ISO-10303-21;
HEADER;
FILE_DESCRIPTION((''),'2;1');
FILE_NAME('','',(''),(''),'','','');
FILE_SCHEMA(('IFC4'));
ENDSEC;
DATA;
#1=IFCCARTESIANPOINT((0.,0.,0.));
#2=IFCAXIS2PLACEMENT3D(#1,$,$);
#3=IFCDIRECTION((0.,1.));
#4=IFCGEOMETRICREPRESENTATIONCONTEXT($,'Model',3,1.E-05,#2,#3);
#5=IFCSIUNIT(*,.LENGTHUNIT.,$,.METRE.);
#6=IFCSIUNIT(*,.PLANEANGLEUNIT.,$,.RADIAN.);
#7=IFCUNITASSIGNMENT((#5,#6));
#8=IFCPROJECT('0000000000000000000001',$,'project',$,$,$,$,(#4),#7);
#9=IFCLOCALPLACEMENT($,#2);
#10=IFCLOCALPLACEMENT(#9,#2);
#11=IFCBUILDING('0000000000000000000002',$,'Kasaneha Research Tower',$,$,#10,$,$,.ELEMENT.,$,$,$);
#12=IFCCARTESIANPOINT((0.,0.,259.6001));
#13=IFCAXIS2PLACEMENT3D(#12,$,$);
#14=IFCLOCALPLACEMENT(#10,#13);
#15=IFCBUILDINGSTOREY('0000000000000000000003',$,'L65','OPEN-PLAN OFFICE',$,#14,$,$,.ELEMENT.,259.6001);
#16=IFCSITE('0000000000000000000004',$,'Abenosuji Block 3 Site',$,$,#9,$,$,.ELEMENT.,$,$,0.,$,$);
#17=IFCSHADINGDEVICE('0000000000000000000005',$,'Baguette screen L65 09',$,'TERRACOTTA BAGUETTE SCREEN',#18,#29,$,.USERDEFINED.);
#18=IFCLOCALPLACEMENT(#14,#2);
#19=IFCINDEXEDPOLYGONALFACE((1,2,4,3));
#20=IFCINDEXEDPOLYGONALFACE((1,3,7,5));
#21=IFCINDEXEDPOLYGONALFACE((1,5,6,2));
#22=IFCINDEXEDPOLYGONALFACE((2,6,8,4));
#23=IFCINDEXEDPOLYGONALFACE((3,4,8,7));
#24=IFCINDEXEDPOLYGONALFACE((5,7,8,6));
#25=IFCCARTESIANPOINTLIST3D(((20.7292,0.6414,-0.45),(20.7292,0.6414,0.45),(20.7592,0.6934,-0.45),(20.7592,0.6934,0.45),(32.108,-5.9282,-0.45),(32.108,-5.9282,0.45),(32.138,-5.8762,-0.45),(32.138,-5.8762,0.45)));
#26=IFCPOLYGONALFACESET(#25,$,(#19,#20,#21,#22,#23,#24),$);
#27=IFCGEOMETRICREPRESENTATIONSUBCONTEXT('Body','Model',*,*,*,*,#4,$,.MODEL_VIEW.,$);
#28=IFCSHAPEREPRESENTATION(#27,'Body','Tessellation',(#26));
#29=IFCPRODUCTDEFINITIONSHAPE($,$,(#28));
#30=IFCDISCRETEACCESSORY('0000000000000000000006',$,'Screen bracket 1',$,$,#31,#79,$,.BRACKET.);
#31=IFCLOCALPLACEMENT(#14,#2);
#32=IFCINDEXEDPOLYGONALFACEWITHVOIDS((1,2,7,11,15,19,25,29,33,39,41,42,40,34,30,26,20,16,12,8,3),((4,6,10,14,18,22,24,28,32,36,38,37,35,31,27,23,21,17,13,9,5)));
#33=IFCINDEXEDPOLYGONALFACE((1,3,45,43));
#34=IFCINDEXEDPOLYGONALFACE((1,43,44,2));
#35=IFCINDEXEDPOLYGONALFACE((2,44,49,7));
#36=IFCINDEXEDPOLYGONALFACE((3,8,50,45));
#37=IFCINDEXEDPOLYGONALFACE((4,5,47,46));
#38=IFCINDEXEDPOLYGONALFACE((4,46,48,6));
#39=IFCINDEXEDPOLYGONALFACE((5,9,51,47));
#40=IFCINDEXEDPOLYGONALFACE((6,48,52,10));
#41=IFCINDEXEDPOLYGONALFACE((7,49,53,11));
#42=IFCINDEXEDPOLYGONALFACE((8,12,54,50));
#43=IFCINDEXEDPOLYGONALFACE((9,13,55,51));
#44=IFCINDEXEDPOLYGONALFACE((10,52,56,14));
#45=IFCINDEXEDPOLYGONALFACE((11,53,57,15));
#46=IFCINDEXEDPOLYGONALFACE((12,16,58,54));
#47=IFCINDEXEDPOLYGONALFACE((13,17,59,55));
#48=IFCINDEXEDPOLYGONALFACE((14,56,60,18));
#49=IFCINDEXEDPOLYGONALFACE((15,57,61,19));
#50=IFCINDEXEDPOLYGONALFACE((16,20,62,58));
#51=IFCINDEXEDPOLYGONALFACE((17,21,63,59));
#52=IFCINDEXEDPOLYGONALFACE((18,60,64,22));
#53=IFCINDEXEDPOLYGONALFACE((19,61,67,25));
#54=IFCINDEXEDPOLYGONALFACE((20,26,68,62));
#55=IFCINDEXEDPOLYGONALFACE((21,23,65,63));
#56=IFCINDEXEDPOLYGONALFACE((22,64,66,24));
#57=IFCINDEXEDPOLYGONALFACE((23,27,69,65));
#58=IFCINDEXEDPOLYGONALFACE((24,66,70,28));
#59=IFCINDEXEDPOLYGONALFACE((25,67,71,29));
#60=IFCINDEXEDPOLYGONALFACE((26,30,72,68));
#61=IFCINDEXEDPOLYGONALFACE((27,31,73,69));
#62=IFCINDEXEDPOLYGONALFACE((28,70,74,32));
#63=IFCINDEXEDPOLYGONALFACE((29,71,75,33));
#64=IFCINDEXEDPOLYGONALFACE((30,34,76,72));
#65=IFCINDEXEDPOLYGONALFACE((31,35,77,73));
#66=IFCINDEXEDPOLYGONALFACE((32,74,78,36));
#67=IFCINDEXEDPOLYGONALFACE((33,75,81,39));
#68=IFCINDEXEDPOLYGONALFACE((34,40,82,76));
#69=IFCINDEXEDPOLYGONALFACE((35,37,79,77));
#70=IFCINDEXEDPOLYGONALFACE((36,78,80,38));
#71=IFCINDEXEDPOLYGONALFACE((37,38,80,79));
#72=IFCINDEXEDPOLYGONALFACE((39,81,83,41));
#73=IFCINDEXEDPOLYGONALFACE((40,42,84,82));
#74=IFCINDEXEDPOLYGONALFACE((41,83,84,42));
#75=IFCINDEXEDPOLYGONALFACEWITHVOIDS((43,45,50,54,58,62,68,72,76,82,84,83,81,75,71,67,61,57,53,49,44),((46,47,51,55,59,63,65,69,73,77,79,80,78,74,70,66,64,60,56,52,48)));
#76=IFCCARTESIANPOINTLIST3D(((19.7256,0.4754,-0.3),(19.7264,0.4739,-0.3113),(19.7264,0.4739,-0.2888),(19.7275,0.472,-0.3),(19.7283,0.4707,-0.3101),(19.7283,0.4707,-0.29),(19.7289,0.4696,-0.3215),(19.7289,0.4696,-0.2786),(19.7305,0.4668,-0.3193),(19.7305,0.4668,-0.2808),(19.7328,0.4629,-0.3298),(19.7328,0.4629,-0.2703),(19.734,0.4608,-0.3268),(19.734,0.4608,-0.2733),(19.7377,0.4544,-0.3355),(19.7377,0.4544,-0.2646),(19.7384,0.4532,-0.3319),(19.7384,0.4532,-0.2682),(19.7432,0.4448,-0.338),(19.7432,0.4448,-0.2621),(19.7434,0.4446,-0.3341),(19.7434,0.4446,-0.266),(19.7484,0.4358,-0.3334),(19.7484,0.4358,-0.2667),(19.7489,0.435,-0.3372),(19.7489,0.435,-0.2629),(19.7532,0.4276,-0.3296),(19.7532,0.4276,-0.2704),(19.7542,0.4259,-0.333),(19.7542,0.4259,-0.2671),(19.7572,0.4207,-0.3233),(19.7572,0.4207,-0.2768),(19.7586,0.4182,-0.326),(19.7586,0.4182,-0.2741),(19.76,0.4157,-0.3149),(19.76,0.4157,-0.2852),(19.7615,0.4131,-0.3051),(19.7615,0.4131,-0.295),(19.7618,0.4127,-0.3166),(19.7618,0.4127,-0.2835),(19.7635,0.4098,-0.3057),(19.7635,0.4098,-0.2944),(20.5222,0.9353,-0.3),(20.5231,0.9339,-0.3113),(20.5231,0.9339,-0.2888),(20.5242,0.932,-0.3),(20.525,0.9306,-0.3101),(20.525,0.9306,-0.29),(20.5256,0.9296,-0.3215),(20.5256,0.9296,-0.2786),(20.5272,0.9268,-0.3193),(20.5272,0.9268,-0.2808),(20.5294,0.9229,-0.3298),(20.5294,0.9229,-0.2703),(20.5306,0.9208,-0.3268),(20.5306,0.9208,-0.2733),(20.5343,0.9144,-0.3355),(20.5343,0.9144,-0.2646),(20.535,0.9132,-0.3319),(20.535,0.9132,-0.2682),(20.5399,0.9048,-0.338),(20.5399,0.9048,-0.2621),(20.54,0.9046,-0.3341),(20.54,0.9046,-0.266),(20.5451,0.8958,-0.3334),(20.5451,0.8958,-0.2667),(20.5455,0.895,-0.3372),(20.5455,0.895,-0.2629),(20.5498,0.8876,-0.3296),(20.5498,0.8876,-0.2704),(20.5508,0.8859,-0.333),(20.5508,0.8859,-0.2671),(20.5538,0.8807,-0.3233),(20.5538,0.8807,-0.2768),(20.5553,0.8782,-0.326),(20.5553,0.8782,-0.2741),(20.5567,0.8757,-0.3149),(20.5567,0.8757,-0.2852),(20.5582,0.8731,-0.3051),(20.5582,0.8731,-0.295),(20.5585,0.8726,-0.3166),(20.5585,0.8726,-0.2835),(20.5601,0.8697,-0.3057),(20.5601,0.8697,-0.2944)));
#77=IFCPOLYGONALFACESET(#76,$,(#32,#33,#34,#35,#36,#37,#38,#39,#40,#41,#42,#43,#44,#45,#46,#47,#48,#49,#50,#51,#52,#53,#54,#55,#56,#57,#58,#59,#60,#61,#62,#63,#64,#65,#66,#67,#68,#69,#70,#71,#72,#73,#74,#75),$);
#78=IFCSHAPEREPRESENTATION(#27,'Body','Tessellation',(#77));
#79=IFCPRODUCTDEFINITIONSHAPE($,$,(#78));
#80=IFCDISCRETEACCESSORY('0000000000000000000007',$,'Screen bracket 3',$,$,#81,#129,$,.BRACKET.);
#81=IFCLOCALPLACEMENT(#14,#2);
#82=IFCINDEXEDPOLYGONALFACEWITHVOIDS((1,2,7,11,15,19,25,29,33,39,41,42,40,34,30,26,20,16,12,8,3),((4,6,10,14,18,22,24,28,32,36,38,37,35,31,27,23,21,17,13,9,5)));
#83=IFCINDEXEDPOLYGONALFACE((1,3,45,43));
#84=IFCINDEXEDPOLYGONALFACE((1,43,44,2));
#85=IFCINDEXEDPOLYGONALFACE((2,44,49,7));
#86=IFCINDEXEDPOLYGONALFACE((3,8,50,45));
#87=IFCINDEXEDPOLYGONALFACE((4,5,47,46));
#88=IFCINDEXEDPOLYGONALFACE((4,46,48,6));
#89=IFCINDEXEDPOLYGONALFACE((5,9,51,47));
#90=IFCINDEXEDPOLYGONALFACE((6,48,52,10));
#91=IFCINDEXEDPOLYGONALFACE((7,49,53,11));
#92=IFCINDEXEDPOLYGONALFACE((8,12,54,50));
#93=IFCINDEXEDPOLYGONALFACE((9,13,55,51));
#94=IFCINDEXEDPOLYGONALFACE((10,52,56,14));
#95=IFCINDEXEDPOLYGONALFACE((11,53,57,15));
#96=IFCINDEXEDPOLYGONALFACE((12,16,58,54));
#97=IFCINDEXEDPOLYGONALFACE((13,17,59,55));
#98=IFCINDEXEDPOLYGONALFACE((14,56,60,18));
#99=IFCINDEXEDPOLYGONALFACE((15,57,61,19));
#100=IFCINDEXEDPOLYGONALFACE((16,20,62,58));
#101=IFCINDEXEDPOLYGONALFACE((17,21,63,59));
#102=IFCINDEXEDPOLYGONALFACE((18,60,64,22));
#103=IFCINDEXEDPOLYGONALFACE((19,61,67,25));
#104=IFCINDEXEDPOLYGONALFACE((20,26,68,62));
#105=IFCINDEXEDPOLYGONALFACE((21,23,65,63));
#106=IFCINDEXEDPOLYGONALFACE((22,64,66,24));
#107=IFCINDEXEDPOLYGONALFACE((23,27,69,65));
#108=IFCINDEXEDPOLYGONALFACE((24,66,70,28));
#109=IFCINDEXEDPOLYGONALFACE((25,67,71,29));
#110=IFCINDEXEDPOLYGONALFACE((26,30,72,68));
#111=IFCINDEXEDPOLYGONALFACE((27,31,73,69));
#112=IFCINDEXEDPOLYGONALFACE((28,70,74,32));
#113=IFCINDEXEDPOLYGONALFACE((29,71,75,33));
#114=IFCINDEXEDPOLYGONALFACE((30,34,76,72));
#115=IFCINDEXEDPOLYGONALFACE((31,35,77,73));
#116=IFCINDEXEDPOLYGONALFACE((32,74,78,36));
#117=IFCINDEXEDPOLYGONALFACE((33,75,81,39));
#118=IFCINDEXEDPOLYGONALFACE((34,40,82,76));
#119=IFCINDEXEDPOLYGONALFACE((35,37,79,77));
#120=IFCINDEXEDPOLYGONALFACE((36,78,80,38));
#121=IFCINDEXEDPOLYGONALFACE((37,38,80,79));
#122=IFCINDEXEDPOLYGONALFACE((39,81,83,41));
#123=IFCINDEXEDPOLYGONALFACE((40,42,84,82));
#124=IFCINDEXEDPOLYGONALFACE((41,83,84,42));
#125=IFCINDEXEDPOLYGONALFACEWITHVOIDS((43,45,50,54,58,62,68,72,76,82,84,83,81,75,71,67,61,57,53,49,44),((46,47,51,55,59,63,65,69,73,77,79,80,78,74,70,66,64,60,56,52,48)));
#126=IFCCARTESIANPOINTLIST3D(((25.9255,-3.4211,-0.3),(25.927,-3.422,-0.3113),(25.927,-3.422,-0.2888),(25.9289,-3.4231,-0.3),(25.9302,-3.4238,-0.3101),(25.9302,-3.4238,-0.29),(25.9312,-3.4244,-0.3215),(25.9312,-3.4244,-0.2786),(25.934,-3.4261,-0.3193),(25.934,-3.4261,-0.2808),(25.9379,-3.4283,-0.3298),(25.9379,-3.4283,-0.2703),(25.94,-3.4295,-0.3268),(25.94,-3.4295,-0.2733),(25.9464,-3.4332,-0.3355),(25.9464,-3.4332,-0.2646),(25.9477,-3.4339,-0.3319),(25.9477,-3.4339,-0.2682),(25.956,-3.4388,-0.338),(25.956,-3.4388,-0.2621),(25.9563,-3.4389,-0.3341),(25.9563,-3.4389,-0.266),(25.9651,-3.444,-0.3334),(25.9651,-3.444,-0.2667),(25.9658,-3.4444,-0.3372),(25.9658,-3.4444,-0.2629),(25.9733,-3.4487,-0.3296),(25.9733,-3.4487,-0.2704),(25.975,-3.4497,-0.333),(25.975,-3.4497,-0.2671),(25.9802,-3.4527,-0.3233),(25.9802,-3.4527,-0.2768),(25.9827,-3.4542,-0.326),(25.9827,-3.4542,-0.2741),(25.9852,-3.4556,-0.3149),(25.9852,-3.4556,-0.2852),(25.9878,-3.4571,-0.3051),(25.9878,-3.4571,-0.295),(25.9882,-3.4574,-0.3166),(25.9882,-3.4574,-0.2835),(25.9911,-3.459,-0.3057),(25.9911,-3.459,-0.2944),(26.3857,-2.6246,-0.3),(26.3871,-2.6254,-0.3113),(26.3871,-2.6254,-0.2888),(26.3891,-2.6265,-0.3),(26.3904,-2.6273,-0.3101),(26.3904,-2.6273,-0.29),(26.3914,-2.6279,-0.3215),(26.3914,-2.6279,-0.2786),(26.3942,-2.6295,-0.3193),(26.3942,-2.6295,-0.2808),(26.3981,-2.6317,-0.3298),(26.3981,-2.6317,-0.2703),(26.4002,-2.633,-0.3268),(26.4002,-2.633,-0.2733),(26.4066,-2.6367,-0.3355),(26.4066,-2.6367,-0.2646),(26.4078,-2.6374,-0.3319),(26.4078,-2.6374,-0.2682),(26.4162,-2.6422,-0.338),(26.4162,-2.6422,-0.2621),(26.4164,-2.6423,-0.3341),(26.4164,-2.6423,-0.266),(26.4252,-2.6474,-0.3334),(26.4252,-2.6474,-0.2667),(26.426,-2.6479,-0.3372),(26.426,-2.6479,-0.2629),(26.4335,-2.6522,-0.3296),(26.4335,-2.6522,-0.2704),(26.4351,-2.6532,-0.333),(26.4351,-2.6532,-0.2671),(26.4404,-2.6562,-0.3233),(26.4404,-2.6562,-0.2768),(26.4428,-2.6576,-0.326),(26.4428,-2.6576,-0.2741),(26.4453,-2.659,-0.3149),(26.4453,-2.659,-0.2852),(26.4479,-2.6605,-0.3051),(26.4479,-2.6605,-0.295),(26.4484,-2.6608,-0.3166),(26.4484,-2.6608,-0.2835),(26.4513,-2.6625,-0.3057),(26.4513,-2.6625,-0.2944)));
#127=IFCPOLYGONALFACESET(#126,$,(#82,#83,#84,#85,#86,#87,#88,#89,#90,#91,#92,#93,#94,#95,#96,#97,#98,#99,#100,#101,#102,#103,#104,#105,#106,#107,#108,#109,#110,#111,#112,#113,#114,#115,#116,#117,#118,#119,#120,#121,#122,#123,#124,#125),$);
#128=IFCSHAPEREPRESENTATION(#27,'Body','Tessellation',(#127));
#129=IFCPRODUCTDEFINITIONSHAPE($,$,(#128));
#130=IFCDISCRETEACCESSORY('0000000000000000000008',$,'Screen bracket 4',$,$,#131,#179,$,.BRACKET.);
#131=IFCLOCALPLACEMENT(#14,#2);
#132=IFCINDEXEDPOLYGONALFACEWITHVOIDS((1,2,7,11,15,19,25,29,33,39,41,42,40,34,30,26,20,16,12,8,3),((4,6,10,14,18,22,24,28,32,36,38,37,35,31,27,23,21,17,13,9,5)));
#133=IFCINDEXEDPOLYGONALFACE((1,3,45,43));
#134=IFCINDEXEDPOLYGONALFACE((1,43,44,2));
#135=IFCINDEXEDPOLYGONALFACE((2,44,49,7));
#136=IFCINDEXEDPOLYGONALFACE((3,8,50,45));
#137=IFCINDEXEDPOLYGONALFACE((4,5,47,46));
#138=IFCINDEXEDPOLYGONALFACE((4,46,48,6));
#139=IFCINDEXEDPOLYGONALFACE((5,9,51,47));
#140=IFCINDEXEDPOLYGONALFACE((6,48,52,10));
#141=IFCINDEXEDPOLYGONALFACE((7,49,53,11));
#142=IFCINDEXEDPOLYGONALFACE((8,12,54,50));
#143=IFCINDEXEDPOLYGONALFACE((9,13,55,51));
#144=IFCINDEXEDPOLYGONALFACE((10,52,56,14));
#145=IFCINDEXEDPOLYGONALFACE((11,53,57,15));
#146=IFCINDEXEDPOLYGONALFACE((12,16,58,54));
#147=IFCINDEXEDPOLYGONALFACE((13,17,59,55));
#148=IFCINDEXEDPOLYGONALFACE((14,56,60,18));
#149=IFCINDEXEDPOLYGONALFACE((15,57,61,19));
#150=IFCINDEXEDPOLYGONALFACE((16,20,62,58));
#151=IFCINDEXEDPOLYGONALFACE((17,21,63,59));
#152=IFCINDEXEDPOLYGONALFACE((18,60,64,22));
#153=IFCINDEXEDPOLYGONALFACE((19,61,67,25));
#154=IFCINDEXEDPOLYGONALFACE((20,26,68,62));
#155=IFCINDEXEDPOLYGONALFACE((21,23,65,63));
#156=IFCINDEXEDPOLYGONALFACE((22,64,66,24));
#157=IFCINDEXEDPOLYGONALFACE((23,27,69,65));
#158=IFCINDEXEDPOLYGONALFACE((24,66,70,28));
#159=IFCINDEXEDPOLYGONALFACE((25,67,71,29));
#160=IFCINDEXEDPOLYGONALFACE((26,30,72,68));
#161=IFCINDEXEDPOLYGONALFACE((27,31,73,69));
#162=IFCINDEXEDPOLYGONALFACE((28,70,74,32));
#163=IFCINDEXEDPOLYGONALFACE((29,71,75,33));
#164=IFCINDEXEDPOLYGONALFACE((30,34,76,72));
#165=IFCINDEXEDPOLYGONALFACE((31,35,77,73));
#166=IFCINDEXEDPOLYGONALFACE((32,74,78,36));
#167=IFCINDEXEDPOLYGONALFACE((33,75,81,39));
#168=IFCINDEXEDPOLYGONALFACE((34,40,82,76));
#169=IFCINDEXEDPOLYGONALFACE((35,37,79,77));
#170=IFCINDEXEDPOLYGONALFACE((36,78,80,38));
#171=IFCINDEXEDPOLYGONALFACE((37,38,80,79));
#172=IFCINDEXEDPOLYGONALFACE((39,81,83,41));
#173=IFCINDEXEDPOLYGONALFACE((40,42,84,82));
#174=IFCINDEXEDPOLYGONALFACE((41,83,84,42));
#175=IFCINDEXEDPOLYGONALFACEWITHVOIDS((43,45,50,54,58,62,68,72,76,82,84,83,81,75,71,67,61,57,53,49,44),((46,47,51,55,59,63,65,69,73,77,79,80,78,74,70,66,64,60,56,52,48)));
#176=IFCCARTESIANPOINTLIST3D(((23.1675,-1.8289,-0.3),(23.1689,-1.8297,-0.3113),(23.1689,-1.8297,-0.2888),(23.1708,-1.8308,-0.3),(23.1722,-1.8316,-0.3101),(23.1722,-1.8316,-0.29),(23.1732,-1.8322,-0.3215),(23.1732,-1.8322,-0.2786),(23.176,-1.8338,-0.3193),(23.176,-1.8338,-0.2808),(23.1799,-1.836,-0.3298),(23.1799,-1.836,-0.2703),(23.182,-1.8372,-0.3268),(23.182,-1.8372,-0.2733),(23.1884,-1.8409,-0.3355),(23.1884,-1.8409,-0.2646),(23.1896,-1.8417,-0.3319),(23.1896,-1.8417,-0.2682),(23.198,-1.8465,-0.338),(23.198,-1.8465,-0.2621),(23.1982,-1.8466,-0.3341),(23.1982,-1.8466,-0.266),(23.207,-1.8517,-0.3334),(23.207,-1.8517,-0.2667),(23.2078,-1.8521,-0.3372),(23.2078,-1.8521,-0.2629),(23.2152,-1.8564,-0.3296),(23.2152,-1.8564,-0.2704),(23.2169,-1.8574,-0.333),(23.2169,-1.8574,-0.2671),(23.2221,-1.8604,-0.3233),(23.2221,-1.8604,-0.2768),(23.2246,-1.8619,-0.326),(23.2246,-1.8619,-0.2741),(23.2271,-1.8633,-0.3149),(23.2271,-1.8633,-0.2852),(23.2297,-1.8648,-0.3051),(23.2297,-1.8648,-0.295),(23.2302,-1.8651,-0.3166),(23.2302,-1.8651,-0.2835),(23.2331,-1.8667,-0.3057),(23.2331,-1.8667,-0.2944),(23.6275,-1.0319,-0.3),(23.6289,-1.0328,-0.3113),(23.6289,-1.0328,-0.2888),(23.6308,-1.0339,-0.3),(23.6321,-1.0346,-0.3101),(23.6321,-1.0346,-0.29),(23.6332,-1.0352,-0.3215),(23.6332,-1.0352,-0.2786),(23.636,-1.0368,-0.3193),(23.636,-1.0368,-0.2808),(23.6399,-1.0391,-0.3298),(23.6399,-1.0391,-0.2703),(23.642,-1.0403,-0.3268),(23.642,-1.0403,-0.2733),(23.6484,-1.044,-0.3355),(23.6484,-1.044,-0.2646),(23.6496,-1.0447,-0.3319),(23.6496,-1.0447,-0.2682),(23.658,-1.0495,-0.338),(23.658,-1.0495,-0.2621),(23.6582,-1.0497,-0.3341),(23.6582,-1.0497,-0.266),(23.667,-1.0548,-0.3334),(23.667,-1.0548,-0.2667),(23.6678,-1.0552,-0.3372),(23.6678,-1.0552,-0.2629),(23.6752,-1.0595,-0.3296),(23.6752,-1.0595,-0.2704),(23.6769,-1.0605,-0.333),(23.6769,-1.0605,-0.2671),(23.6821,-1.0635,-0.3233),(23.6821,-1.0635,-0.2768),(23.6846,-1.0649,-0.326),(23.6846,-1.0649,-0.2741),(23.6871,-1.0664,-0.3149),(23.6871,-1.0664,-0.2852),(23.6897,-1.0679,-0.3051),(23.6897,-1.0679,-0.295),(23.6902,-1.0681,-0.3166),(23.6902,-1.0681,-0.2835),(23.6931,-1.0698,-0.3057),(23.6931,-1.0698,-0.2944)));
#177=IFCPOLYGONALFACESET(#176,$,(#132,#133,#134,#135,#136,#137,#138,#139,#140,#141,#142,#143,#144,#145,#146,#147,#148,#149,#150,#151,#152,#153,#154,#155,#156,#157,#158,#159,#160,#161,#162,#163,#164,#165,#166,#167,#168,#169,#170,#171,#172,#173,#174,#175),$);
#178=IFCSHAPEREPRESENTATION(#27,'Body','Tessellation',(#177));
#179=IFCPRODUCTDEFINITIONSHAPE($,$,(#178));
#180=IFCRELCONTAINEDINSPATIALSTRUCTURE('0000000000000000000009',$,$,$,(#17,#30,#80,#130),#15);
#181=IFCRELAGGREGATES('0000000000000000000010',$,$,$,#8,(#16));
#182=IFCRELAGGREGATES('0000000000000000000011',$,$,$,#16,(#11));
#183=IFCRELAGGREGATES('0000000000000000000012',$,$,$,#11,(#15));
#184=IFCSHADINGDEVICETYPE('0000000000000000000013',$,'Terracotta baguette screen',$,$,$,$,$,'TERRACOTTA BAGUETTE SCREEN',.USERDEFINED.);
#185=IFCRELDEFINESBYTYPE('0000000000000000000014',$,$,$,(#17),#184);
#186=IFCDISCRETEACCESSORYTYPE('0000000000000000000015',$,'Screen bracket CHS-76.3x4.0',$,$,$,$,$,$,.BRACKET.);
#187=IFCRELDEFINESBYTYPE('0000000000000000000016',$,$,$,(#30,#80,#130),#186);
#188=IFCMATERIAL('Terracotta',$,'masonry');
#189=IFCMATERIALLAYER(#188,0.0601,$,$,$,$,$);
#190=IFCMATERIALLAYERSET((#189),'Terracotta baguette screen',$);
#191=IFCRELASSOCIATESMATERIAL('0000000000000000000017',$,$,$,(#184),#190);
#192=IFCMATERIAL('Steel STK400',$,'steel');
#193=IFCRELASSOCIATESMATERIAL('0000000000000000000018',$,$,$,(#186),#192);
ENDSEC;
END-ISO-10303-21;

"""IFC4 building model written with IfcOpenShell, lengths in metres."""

from ifc_helpers import new_model, si_unit, direction, frame, origin, origin_2d, place, context, subcontext, project, spatial, rectangle, hollow_circle, extrude, material, layer, layer_set, material_profile, profile_set, type_object, element, save


model = new_model("IFC4")

# Units and contexts
model_context = context("Model", 3, precision=1e-05, world=origin(), true_north=direction((0.0, 1.0)))
body_context = subcontext(model_context, "Body", "Model", "MODEL_VIEW")
ifc_project = project(units=[si_unit("LENGTHUNIT", "METRE"), si_unit("PLANEANGLEUNIT", "RADIAN")], contexts=[model_context])

# Site, building, storey
site_placement = place(None, origin())
site = spatial("IfcSite", under=ifc_project, at=site_placement, Name="Abenosuji Block 3 Site", CompositionType="ELEMENT", RefElevation=0.0)
building_placement = place(site_placement, origin())
building = spatial("IfcBuilding", under=site, at=building_placement, Name="Kasaneha Research Tower", CompositionType="ELEMENT")
storey_placement = place(building_placement, frame((0.0, 0.0, 259.6001)))
storey = spatial("IfcBuildingStorey", under=building, at=storey_placement, Name="L65", Description="OPEN-PLAN OFFICE", CompositionType="ELEMENT", Elevation=259.6001)

# Shading device
ifc_material_1 = material(Name="Terracotta", Category="masonry")
ifc_layer_1 = layer(ifc_material_1, 0.0601)
ifc_layer_set_1 = layer_set([ifc_layer_1], Name="Terracotta baguette screen")
shading_device_type = type_object("IfcShadingDeviceType", Name="Terracotta baguette screen", ElementType="TERRACOTTA BAGUETTE SCREEN", PredefinedType="USERDEFINED", material=ifc_layer_set_1)
shading_device_placement = place(storey_placement, frame((26.4336, -2.6174, -0.45), z_axis=(0.0, 0.0, 1.0), x_axis=(-0.866025, 0.5, 0.0)))
element("IfcShadingDevice", 1, at=shading_device_placement, inside=storey, type_object=shading_device_type, Name="Baguette screen L65 09", ObjectType="TERRACOTTA BAGUETTE SCREEN", PredefinedType="USERDEFINED", context=body_context, shape_type="SweptSolid", body=[
    extrude(rectangle(XDim=13.1392, YDim=0.0601, at=origin_2d()), origin(), (0.0, 0.0, 1.0), 0.8999),
])

# Discrete accessories
ifc_material_2 = material(Name="Steel STK400", Category="steel")
ifc_material_profile_1 = material_profile(ifc_material_2, hollow_circle(Radius=0.0381, WallThickness=0.0039, at=origin_2d()), Name="CHS-76.3x4.0")
ifc_profile_set_1 = profile_set([ifc_material_profile_1], Name="Steel STK400")
discrete_accessory_type = type_object("IfcDiscreteAccessoryType", Name="Screen bracket CHS-76.3x4.0", PredefinedType="BRACKET", material=ifc_profile_set_1)
for number, where, z_axis, x_axis, name in (
    (2, (19.7446, 0.4424, -0.3), (0.866013, 0.500021, 0.0), (-0.500021, 0.866013, 0.0), "Screen bracket 1"),
    (3, (25.9585, -3.4402, -0.3), (0.50022, 0.865898, 0.0), (-0.865898, 0.50022, 0.0), "Screen bracket 3"),
):
    element("IfcDiscreteAccessory", number, at=place(storey_placement, frame(where, z_axis=z_axis, x_axis=x_axis)), inside=storey, type_object=discrete_accessory_type, Name=name, PredefinedType="BRACKET", context=body_context, shape_type="SweptSolid", body=[
        extrude(hollow_circle(Radius=0.0381, WallThickness=0.0039, at=origin_2d()), origin(), (0.0, 0.0, 1.0), 0.9199),
    ])
discrete_accessory_1_placement = place(storey_placement, frame((23.2004, -1.8479, -0.3), z_axis=(0.499906, 0.86608, 0.0), x_axis=(-0.86608, 0.499906, 0.0)))
element("IfcDiscreteAccessory", 4, at=discrete_accessory_1_placement, inside=storey, type_object=discrete_accessory_type, Name="Screen bracket 4", PredefinedType="BRACKET", context=body_context, shape_type="SweptSolid", body=[
    extrude(hollow_circle(Radius=0.0381, WallThickness=0.0039, at=origin_2d()), origin(), (0.0, 0.0, 1.0), 0.9202),
])

save(model, "model.ifc")
